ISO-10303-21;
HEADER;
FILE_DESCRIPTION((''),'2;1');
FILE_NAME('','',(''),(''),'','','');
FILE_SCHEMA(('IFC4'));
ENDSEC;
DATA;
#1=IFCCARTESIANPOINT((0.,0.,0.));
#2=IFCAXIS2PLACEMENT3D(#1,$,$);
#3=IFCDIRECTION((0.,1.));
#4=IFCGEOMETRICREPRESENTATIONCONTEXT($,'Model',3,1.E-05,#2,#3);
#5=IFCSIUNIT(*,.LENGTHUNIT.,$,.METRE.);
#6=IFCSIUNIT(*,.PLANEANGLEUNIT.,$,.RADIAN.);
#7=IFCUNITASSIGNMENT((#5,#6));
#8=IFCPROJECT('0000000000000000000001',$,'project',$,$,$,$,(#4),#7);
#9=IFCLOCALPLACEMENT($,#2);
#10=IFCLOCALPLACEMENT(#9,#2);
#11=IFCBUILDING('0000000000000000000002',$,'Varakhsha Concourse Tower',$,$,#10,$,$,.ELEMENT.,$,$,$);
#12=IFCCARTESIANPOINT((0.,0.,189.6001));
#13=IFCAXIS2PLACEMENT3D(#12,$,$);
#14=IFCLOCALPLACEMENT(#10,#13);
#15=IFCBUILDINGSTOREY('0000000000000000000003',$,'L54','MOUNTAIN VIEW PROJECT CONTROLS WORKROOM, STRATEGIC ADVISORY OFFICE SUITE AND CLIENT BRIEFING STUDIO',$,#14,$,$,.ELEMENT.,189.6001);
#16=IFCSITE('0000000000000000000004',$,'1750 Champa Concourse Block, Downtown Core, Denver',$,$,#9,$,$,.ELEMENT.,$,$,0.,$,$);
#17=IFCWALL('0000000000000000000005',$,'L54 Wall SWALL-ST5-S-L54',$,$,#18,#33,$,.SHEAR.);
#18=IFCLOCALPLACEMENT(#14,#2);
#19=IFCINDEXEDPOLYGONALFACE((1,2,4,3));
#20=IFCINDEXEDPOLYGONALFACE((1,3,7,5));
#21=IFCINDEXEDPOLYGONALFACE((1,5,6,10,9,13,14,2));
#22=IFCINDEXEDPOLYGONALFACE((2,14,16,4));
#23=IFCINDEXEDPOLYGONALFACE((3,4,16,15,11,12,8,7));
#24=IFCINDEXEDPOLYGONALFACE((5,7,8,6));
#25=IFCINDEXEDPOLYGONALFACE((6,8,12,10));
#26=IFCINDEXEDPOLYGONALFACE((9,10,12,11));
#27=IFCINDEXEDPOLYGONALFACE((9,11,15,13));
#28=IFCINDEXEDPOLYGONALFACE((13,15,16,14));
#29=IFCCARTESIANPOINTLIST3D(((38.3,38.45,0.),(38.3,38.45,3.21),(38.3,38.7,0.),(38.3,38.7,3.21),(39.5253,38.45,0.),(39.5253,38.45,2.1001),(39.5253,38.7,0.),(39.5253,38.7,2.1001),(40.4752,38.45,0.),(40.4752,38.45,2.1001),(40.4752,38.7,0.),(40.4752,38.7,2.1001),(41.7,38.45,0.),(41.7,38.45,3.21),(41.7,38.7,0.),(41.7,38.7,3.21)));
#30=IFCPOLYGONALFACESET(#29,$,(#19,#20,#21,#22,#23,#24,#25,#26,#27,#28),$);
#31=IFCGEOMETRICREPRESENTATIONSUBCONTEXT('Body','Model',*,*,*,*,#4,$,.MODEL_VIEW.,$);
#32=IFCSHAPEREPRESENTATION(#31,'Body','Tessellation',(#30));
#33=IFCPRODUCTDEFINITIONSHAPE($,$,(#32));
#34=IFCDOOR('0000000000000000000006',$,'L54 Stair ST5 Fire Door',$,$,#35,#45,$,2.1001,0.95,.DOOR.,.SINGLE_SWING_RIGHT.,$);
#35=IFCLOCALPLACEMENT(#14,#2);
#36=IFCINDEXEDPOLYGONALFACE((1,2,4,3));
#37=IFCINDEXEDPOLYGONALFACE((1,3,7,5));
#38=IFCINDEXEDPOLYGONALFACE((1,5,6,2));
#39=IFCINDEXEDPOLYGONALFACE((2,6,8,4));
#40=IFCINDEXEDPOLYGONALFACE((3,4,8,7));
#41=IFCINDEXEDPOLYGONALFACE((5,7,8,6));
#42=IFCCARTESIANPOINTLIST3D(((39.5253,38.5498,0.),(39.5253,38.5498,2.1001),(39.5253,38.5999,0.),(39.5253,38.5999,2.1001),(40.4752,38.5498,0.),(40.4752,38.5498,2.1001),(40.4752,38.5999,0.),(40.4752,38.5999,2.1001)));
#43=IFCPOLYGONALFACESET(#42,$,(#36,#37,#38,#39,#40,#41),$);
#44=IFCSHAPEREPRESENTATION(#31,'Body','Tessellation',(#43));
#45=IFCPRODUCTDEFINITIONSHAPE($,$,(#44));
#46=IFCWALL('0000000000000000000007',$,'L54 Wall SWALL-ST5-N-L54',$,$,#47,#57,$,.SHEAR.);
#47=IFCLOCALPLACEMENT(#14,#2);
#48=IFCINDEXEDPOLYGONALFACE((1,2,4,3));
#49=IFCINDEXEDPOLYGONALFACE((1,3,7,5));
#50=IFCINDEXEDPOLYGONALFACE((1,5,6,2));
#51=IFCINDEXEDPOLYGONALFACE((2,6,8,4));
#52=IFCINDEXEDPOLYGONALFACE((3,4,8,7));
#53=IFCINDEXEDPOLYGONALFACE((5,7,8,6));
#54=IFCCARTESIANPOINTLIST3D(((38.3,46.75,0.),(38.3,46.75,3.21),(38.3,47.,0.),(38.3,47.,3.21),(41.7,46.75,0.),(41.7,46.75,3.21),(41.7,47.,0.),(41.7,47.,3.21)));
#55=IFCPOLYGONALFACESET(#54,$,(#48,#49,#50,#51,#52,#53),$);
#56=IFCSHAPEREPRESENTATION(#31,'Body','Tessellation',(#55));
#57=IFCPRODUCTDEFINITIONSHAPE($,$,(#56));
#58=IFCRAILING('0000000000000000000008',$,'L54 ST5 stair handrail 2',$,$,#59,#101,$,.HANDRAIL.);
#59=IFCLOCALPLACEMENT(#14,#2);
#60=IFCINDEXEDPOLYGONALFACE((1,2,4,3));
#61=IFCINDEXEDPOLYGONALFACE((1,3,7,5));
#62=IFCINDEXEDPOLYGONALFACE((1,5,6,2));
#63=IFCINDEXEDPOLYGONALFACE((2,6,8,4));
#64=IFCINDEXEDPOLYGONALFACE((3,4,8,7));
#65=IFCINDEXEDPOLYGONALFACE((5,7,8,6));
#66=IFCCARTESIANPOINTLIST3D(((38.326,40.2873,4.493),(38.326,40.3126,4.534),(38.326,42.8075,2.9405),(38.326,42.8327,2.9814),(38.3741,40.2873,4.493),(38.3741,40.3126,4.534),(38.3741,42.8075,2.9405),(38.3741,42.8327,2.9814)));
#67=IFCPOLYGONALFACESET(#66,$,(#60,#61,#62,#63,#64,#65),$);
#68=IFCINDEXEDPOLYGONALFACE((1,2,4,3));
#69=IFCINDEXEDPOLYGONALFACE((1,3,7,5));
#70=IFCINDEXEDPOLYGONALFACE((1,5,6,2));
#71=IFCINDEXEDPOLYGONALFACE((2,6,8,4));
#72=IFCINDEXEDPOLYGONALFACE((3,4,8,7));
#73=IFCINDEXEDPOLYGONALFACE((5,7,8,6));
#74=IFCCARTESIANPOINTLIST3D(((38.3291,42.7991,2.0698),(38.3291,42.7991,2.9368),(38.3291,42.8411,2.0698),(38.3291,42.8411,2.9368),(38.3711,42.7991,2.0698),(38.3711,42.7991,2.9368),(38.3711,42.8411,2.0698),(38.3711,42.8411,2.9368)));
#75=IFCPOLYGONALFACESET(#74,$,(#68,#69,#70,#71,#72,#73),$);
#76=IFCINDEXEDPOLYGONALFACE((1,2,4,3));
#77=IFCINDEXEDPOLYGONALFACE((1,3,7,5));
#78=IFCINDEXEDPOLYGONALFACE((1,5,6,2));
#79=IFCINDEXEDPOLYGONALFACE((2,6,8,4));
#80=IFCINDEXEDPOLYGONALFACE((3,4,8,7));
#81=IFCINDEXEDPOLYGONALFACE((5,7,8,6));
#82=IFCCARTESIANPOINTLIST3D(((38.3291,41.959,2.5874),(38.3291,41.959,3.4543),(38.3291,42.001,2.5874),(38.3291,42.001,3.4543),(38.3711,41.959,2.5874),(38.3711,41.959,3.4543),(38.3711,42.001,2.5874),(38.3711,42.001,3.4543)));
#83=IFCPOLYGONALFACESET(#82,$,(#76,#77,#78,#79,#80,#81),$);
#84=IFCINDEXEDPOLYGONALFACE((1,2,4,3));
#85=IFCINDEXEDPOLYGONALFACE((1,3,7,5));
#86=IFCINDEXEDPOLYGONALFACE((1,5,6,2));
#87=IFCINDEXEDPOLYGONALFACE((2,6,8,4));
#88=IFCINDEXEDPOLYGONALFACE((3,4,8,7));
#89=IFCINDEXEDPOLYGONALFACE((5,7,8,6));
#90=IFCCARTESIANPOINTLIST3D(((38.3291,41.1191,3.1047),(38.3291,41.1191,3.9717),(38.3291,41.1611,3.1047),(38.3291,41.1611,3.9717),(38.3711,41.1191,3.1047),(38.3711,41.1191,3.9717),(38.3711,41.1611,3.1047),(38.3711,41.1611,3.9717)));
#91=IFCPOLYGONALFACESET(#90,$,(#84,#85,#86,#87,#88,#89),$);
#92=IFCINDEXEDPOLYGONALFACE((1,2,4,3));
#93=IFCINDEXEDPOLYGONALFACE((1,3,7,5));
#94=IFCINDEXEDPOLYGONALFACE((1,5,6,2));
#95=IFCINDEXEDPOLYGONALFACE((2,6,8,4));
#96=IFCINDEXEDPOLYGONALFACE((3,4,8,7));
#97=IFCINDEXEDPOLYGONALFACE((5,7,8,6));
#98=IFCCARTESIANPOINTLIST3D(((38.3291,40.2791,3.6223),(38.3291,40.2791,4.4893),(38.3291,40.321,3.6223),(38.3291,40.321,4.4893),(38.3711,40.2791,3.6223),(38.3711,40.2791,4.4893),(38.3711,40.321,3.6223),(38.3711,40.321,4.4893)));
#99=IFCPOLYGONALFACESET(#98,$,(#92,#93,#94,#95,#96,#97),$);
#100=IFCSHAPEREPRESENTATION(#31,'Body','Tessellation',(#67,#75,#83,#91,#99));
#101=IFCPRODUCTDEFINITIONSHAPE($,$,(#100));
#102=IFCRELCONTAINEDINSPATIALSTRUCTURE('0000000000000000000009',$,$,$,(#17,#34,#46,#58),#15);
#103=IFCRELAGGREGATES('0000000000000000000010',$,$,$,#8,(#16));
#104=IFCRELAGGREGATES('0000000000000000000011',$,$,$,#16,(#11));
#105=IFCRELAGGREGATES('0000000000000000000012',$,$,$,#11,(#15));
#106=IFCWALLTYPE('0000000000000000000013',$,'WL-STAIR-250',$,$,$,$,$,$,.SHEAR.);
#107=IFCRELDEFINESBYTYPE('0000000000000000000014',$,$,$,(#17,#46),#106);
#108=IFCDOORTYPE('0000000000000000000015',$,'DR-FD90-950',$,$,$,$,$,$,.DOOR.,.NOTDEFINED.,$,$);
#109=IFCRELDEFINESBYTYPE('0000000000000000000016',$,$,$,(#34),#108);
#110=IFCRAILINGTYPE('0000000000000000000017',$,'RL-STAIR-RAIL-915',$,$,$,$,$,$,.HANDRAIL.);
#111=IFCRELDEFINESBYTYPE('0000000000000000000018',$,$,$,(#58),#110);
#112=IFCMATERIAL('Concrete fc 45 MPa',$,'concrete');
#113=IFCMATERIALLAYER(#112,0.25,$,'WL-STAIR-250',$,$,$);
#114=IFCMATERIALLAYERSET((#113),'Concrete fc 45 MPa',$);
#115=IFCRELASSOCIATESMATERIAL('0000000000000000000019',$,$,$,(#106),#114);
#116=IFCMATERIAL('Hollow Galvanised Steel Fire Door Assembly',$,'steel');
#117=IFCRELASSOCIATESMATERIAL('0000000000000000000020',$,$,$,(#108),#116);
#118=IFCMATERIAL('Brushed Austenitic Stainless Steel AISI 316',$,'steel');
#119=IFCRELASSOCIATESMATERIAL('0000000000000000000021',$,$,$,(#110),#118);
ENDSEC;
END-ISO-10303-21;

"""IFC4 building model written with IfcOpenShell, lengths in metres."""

from ifc_helpers import new_model, si_unit, direction, frame, frame_2d, origin, origin_2d, place, context, subcontext, project, spatial, rectangle, extrude, material, layer, layer_set, type_object, element, fill, save


model = new_model("IFC4")

# Units and contexts
model_context = context("Model", 3, precision=1e-05, world=origin(), true_north=direction((0.0, 1.0)))
body_context = subcontext(model_context, "Body", "Model", "MODEL_VIEW")
ifc_project = project(units=[si_unit("LENGTHUNIT", "METRE"), si_unit("PLANEANGLEUNIT", "RADIAN")], contexts=[model_context])

# Site, building, storey
site_placement = place(None, origin())
site = spatial("IfcSite", under=ifc_project, at=site_placement, Name="1750 Champa Concourse Block, Downtown Core, Denver", CompositionType="ELEMENT", RefElevation=0.0)
building_placement = place(site_placement, origin())
building = spatial("IfcBuilding", under=site, at=building_placement, Name="Varakhsha Concourse Tower", CompositionType="ELEMENT")
storey_placement = place(building_placement, frame((0.0, 0.0, 189.6001)))
storey = spatial("IfcBuildingStorey", under=building, at=storey_placement, Name="L54", Description="MOUNTAIN VIEW PROJECT CONTROLS WORKROOM, STRATEGIC ADVISORY OFFICE SUITE AND CLIENT BRIEFING STUDIO", CompositionType="ELEMENT", Elevation=189.6001)

# Shared definitions
ifc_material_1 = material(Name="Concrete fc 45 MPa", Category="concrete")
ifc_layer_1 = layer(ifc_material_1, 0.25, Name="WL-STAIR-250")
ifc_layer_set_1 = layer_set([ifc_layer_1], Name="Concrete fc 45 MPa")
wall_type_1 = type_object("IfcWallType", Name="WL-STAIR-250", PredefinedType="SHEAR", material=ifc_layer_set_1)

# Wall, opening, door
wall_1_placement = place(storey_placement, frame((38.3, 38.575, 0.0), z_axis=(0.0, 0.0, 1.0), x_axis=(1.0, 0.0, 0.0)))
wall_1 = element("IfcWall", 1, at=wall_1_placement, inside=storey, type_object=wall_type_1, Name="L54 Wall SWALL-ST5-S-L54", PredefinedType="SHEAR", context=body_context, shape_type="SweptSolid", body=[
    extrude(rectangle(XDim=3.3999, YDim=0.25, at=frame_2d((1.7, 0.0))), origin(), (0.0, 0.0, 1.0), 3.21),
])
opening_placement = place(wall_1_placement, frame((1.2251, 0.0, 0.0)))
opening = element("IfcOpeningElement", 2, at=opening_placement, cuts=wall_1, PredefinedType="OPENING", context=body_context, shape_type="SweptSolid", body=[
    extrude(rectangle(XDim=0.95, YDim=2.1001, at=frame_2d((0.4751, 1.05))), frame((0.0, 0.135, 0.0), z_axis=(0.0, -1.0, 0.0), x_axis=(1.0, 0.0, 0.0)), (0.0, 0.0, 1.0), 0.27),
])
ifc_material_2 = material(Name="Hollow Galvanised Steel Fire Door Assembly", Category="steel")
door_type = type_object("IfcDoorType", Name="DR-FD90-950", OperationType="NOTDEFINED", PredefinedType="DOOR", material=ifc_material_2)
door_placement = place(opening_placement, origin())
door = element("IfcDoor", 3, at=door_placement, inside=storey, type_object=door_type, Name="L54 Stair ST5 Fire Door", OperationType="SINGLE_SWING_RIGHT", OverallHeight=2.1001, OverallWidth=0.95, PredefinedType="DOOR", context=body_context, shape_type="SweptSolid", body=[
    extrude(rectangle(XDim=0.95, YDim=2.1001, at=frame_2d((0.4751, 1.05))), frame((0.0, 0.0249, 0.0), z_axis=(0.0, -1.0, 0.0), x_axis=(1.0, 0.0, 0.0)), (0.0, 0.0, 1.0), 0.05),
])
fill(opening, door)

# Wall
wall_2_placement = place(storey_placement, frame((38.3, 46.875, 0.0), z_axis=(0.0, 0.0, 1.0), x_axis=(1.0, 0.0, 0.0)))
element("IfcWall", 4, at=wall_2_placement, inside=storey, type_object=wall_type_1, Name="L54 Wall SWALL-ST5-N-L54", PredefinedType="SHEAR", context=body_context, shape_type="SweptSolid", body=[
    extrude(rectangle(XDim=3.3999, YDim=0.25, at=frame_2d((1.7, 0.0))), origin(), (0.0, 0.0, 1.0), 3.21),
])

# Railing
ifc_material_3 = material(Name="Brushed Austenitic Stainless Steel AISI 316", Category="steel")
railing_type = type_object("IfcRailingType", Name="RL-STAIR-RAIL-915", PredefinedType="HANDRAIL", material=ifc_material_3)
railing_placement = place(storey_placement, frame((38.3501, 42.8201, 2.0698)))
element("IfcRailing", 5, at=railing_placement, inside=storey, type_object=railing_type, Name="L54 ST5 stair handrail 2", PredefinedType="HANDRAIL", context=body_context, shape_type="SweptSolid", body=[
    extrude(rectangle(XDim=0.0481, YDim=0.0481, at=origin_2d()), frame((0.0, 0.0, 0.8911), z_axis=(0.0, -0.8514, 0.524516), x_axis=(1.0, 0.0, 0.0)), (0.0, 0.0, 1.0), 2.96),
    extrude(rectangle(XDim=0.042, YDim=0.042, at=origin_2d()), origin(), (0.0, 0.0, 1.0), 0.8669),
    extrude(rectangle(XDim=0.042, YDim=0.042, at=origin_2d()), frame((0.0, -0.8401, 0.5176)), (0.0, 0.0, 1.0), 0.8669),
    extrude(rectangle(XDim=0.042, YDim=0.042, at=origin_2d()), frame((0.0, -1.6799, 1.0349)), (0.0, 0.0, 1.0), 0.8669),
    extrude(rectangle(XDim=0.042, YDim=0.042, at=origin_2d()), frame((0.0, -2.52, 1.5525)), (0.0, 0.0, 1.0), 0.8669),
])

save(model, "model.ifc")
